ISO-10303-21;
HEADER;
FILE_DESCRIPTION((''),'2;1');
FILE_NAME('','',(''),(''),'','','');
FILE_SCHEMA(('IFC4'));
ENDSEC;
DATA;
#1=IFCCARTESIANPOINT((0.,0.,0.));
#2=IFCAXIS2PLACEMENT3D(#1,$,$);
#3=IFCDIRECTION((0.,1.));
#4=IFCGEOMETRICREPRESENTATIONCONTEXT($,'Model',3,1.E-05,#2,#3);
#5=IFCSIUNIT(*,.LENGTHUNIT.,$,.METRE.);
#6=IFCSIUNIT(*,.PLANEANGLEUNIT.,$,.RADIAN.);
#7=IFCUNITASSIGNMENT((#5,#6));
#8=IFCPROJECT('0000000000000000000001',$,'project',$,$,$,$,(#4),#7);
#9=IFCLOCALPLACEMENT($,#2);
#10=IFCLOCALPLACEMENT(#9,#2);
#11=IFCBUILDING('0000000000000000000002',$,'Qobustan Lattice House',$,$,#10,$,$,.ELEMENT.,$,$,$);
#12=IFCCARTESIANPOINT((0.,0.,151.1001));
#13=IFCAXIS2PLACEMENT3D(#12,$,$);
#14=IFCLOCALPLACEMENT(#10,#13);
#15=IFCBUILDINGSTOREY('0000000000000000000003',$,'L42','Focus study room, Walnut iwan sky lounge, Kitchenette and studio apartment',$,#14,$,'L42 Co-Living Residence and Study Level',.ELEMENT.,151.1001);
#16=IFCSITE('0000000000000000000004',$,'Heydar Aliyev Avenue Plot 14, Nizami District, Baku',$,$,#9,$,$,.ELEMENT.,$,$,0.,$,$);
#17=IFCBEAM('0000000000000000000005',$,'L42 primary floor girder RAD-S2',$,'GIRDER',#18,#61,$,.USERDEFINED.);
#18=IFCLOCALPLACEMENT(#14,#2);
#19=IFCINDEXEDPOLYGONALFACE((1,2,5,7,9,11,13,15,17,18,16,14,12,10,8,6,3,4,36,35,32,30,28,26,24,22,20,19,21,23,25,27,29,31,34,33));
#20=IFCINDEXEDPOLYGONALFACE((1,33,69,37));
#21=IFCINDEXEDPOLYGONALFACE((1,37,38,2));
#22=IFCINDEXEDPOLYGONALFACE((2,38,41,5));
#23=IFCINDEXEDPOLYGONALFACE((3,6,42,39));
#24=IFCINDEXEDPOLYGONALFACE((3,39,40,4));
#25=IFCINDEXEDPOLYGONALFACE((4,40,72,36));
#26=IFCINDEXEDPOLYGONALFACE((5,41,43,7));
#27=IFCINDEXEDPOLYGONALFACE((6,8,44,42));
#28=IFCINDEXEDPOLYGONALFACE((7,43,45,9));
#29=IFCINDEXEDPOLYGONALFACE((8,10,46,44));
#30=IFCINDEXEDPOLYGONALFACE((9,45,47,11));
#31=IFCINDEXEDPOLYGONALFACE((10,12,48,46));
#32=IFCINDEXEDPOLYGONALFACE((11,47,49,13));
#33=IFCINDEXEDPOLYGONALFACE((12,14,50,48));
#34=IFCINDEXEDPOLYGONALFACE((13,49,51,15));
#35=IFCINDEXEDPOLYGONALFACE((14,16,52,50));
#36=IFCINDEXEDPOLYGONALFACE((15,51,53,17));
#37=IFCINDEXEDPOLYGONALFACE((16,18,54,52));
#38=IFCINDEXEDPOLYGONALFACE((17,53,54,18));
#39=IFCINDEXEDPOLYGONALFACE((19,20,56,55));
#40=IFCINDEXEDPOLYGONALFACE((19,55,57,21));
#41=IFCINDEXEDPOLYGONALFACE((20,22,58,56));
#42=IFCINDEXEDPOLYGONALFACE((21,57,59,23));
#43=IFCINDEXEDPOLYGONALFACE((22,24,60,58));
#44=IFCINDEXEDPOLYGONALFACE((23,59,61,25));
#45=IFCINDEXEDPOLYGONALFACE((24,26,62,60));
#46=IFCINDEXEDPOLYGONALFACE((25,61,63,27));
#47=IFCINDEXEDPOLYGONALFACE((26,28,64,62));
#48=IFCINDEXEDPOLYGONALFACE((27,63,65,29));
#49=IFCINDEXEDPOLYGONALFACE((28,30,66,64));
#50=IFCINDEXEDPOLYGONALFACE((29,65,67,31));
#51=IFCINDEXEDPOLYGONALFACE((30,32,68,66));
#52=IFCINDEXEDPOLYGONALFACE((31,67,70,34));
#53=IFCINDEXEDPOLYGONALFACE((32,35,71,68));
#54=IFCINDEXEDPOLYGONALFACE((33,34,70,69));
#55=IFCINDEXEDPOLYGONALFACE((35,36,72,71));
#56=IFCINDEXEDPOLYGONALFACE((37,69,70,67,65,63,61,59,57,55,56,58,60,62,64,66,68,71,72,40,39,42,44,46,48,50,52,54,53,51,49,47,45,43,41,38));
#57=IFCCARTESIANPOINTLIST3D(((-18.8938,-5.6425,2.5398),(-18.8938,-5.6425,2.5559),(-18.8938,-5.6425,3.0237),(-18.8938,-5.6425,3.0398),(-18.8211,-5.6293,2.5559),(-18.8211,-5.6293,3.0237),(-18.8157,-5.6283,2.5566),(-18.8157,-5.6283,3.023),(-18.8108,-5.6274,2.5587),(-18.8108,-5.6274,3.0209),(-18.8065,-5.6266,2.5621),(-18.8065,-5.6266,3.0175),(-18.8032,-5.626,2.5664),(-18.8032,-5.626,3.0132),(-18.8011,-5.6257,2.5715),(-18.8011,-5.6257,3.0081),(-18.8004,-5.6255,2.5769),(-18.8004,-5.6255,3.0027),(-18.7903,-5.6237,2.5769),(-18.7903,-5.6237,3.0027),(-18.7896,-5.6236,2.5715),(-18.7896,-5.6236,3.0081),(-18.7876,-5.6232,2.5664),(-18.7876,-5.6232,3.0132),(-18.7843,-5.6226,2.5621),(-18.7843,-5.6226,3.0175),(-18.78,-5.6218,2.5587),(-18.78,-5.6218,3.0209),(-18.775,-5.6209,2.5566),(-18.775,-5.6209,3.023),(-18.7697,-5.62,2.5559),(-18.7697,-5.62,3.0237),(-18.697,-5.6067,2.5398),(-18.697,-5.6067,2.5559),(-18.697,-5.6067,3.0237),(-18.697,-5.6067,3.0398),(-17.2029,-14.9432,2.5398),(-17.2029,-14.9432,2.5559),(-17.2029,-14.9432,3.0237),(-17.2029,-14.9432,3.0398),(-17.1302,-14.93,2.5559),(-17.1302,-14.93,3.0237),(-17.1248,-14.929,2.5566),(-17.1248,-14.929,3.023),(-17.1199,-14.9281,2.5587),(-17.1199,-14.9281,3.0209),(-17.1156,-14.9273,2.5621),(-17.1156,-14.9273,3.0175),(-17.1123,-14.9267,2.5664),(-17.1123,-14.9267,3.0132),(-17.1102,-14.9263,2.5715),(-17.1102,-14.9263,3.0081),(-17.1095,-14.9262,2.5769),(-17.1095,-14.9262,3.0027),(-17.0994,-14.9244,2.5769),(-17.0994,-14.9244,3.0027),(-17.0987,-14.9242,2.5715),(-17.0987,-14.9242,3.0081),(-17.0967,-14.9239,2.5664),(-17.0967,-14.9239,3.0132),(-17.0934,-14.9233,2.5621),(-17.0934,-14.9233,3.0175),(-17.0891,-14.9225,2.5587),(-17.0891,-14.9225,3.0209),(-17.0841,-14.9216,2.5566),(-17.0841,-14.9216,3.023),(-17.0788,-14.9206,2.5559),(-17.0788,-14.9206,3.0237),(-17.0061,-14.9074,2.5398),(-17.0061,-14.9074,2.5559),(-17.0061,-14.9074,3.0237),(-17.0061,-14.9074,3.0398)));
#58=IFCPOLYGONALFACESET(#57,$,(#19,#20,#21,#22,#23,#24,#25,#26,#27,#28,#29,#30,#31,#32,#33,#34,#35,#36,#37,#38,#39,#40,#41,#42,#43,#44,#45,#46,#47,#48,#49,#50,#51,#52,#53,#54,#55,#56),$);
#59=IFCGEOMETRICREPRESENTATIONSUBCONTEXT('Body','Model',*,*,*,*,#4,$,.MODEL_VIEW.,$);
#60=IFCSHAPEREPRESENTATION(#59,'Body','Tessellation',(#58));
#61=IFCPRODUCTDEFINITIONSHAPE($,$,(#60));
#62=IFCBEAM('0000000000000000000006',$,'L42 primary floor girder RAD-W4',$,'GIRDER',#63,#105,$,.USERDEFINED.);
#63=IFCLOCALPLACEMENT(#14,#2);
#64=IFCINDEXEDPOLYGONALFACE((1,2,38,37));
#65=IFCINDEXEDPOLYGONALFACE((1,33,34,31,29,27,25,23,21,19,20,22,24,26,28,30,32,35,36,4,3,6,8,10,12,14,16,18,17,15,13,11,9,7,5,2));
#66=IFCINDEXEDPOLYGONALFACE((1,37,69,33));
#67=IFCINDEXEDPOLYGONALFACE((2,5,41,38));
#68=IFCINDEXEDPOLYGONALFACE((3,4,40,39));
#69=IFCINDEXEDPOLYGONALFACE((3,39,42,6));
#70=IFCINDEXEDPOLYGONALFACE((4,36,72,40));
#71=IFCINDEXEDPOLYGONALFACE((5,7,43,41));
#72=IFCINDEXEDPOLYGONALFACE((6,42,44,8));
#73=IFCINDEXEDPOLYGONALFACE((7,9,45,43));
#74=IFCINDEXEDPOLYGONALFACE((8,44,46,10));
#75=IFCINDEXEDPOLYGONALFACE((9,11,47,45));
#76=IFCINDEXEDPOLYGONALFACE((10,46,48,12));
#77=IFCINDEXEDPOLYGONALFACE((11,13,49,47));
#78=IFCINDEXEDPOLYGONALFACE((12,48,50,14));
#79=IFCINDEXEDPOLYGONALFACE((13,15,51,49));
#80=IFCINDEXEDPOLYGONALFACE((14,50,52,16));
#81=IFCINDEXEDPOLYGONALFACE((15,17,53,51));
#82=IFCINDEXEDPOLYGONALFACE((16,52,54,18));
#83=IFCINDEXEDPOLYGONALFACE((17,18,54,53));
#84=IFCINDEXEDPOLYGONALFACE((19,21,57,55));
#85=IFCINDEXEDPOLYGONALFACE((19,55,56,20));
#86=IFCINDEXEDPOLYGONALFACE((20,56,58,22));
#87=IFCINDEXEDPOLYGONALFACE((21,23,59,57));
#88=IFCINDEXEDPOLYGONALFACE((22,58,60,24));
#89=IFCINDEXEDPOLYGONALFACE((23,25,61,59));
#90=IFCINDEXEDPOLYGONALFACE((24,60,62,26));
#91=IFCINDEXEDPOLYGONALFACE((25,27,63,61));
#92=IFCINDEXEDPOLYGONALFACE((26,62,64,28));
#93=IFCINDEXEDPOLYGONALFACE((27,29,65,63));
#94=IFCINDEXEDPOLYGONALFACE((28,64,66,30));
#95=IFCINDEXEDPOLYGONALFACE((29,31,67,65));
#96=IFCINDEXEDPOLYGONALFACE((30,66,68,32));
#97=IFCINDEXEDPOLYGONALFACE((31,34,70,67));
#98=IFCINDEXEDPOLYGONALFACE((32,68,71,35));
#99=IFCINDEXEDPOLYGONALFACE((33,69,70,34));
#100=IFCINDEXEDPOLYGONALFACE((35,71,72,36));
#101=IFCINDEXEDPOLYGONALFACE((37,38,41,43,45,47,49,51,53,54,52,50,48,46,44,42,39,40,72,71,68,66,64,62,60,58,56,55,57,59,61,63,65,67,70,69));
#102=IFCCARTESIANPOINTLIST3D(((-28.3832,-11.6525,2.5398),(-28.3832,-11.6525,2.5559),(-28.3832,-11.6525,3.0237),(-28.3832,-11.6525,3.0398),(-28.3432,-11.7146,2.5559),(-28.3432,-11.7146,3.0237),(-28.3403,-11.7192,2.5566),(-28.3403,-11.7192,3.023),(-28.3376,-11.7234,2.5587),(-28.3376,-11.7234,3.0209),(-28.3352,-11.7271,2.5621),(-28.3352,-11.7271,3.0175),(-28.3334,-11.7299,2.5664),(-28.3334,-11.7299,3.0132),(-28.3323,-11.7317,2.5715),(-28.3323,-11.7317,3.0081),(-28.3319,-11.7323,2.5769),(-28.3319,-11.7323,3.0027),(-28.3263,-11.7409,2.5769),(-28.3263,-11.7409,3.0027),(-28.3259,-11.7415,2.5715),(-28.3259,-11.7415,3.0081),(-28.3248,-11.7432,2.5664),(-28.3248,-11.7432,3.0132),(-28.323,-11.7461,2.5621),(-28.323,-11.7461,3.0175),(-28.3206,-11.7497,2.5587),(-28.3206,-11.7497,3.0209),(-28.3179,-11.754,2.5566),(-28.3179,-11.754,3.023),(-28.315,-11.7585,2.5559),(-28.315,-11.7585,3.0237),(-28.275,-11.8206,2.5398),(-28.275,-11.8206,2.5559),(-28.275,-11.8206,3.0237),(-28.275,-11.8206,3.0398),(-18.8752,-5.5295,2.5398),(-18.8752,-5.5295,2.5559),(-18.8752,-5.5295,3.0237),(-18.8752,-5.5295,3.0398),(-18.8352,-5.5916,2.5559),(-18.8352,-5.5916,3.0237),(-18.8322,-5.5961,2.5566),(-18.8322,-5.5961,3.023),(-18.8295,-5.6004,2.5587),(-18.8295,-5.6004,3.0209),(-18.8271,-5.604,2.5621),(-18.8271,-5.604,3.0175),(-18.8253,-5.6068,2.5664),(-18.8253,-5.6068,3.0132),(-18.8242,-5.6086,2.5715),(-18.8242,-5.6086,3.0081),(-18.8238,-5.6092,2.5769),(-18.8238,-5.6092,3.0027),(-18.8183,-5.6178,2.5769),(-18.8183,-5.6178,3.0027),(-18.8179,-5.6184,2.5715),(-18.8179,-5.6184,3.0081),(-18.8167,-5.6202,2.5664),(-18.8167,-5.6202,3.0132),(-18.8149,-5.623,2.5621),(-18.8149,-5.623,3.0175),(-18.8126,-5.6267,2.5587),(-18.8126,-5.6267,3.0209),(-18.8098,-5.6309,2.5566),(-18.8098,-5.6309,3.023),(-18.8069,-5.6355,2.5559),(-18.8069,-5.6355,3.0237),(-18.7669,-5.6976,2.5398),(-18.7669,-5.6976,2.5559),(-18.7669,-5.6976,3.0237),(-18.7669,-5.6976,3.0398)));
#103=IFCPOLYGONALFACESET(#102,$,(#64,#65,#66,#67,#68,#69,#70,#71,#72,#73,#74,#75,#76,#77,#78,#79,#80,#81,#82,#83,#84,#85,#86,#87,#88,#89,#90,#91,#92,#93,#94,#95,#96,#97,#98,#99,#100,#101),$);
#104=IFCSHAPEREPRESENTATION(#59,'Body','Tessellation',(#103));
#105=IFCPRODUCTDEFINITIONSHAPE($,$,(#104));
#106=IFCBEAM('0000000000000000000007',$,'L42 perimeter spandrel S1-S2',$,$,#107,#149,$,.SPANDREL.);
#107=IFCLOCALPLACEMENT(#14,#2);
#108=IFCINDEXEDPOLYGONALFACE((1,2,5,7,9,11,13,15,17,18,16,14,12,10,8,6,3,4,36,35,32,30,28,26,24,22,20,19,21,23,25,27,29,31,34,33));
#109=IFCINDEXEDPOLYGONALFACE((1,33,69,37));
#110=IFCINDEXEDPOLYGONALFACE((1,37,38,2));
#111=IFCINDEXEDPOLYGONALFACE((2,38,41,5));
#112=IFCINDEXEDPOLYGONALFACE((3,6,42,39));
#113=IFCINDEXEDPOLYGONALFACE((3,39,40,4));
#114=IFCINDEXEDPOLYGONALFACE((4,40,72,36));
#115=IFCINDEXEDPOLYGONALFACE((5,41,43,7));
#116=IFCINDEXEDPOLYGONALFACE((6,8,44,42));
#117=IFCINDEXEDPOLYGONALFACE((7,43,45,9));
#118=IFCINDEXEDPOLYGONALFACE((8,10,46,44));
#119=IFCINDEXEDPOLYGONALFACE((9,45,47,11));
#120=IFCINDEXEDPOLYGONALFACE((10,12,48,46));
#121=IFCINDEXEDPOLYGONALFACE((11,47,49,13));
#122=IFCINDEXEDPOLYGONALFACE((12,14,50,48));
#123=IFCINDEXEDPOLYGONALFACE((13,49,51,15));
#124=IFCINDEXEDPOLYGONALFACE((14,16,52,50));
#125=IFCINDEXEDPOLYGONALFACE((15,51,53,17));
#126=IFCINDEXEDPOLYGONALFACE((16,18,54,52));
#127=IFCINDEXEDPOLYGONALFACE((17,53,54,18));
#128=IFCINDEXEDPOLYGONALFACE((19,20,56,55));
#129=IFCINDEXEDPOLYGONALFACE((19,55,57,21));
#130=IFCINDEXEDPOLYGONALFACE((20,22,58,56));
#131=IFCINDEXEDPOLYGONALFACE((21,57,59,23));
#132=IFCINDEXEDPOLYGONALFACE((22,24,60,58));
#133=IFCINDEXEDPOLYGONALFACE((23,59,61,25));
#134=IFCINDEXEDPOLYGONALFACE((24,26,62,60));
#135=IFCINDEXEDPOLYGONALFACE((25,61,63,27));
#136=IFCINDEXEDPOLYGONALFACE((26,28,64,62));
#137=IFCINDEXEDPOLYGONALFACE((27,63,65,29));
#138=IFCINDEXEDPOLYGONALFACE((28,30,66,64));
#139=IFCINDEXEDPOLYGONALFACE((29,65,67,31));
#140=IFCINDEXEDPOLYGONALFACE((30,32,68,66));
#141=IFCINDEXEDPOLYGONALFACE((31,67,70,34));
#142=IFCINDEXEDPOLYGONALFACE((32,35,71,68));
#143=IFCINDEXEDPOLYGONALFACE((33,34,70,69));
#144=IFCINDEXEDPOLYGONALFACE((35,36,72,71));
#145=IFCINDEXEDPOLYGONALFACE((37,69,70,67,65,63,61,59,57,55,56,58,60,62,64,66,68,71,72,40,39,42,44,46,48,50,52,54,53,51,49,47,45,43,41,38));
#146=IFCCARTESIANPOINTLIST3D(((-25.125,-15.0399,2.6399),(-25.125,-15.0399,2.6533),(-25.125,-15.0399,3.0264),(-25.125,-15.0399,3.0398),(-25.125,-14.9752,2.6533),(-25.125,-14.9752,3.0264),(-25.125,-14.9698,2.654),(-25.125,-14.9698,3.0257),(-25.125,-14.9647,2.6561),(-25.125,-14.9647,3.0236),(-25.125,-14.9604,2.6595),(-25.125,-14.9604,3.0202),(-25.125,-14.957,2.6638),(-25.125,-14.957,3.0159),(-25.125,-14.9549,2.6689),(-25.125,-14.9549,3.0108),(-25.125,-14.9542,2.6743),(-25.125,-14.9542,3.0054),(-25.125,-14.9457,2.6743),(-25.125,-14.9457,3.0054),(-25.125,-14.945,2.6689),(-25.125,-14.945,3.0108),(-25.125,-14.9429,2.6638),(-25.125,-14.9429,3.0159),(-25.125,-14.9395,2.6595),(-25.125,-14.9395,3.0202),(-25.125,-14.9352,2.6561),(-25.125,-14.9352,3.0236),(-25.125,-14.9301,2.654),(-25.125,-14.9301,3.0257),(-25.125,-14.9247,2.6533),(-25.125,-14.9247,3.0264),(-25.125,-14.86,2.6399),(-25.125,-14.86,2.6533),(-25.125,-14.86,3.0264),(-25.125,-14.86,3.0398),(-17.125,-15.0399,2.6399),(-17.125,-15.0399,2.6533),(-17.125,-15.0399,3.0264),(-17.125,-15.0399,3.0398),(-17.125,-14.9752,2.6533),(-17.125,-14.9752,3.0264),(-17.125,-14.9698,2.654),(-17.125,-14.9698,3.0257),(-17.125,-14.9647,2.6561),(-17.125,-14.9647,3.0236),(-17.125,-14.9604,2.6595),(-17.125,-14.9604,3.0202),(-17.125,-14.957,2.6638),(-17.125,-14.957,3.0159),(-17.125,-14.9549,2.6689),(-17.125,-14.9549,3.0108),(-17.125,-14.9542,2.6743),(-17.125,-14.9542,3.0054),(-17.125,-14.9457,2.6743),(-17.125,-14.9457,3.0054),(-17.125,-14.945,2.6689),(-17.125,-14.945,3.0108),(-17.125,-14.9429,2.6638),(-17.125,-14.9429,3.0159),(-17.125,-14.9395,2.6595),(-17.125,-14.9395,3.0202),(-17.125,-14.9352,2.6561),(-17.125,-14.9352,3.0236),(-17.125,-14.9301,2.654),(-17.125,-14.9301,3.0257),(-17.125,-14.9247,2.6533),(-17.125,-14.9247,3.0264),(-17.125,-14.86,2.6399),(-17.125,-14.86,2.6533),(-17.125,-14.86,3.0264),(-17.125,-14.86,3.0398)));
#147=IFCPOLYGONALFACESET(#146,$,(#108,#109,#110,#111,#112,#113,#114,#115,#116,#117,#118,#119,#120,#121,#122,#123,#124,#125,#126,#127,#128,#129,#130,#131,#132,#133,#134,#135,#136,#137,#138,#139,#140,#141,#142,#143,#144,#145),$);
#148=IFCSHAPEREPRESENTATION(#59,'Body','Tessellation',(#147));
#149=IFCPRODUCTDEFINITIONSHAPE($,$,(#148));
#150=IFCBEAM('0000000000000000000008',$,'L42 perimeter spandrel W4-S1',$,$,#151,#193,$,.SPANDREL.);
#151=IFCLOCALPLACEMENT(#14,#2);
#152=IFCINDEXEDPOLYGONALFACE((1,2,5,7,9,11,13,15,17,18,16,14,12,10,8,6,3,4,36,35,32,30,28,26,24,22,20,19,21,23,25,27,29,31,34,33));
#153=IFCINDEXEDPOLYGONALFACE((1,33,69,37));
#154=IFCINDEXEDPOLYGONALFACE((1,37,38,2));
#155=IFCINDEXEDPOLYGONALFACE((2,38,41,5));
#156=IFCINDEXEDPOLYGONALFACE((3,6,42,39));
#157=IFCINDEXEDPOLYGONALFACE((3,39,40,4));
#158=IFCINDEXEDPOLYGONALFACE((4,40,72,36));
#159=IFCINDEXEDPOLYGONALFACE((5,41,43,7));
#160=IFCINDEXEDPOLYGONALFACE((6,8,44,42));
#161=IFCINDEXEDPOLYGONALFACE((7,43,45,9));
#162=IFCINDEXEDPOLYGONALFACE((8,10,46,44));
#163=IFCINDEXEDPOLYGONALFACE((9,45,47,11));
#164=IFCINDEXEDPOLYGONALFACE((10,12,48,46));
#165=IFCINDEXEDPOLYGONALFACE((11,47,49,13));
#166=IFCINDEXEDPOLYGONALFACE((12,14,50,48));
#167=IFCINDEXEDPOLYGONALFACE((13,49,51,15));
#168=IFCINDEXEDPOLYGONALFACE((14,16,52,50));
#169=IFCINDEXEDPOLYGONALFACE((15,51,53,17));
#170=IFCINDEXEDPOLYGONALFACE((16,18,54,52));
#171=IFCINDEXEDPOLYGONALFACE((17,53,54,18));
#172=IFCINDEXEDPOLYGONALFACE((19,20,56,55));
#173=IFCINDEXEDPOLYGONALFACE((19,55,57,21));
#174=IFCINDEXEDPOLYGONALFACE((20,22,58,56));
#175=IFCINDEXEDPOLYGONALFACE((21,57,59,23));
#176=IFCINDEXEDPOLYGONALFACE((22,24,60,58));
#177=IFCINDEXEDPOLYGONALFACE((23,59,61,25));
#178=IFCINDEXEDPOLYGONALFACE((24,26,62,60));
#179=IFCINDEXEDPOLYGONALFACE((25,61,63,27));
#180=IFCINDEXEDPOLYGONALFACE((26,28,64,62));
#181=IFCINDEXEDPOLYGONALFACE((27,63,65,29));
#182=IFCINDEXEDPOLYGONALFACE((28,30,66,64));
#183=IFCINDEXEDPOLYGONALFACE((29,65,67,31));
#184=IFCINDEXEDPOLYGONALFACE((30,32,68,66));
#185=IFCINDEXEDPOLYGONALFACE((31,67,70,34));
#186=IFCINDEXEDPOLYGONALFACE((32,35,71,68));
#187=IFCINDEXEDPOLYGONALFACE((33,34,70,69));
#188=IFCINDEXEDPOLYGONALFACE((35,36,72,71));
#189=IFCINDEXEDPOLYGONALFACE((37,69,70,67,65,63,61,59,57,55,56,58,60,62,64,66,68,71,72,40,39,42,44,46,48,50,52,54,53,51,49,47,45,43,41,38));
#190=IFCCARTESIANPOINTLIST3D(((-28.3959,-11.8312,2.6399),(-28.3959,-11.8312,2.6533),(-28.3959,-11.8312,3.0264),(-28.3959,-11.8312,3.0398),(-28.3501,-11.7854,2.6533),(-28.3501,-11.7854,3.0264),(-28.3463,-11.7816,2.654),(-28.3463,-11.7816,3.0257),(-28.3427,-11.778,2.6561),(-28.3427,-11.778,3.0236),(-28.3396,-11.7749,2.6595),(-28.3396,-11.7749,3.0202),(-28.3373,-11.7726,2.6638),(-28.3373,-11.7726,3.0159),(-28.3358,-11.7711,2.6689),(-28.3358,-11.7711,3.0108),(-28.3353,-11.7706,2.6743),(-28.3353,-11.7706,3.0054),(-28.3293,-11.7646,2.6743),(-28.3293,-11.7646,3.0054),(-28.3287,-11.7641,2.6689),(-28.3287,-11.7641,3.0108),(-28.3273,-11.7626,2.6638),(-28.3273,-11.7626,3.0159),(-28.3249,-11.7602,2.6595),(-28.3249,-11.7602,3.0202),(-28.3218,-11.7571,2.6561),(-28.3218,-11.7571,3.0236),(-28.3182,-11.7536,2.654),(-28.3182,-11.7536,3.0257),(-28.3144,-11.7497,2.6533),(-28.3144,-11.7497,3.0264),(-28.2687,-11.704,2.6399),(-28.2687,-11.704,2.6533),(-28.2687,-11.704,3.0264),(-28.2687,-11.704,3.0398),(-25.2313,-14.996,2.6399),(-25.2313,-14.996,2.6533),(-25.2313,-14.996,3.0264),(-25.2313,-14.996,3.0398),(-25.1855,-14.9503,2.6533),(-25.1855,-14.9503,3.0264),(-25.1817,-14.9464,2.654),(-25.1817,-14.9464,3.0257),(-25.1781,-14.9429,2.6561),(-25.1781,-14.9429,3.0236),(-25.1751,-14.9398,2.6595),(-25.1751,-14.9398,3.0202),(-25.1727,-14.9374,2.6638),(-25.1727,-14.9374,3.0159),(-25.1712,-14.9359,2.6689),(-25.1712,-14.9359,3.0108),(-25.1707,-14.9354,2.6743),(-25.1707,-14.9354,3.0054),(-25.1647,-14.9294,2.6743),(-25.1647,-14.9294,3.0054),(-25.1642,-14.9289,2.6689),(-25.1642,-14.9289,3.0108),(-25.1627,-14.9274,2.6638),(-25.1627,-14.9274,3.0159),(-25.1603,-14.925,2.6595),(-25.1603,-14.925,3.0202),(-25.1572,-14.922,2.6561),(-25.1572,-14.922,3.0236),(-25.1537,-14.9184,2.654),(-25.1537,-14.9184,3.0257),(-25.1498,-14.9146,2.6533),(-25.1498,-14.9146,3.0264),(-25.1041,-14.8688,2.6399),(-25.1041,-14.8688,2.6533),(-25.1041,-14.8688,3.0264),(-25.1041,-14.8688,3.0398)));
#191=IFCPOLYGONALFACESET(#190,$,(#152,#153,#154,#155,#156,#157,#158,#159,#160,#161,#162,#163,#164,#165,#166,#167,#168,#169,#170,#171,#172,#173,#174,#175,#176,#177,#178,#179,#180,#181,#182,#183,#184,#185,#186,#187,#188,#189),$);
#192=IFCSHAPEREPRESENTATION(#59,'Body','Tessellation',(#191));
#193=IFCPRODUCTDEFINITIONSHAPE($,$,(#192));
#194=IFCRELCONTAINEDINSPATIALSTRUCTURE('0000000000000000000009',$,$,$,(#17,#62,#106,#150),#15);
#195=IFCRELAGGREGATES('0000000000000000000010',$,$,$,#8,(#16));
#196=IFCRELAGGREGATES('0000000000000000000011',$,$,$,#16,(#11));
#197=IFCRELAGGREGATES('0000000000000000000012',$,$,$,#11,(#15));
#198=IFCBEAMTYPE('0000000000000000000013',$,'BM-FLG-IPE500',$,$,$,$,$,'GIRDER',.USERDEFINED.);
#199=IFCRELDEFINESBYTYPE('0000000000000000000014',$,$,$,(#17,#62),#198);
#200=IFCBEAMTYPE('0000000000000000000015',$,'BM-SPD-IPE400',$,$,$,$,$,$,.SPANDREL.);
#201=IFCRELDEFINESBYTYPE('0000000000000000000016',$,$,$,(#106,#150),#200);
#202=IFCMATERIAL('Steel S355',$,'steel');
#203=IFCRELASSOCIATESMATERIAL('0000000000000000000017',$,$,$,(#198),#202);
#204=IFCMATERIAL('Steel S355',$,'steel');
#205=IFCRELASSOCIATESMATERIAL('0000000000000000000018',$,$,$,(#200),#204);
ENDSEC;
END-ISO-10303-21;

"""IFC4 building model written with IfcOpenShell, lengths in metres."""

from ifc_helpers import new_model, si_unit, direction, frame, origin, origin_2d, place, context, subcontext, project, spatial, i_section, extrude, material, material_profile, profile_set, type_object, element, save


model = new_model("IFC4")

# Units and contexts
model_context = context("Model", 3, precision=1e-05, world=origin(), true_north=direction((0.0, 1.0)))
body_context = subcontext(model_context, "Body", "Model", "MODEL_VIEW")
ifc_project = project(units=[si_unit("LENGTHUNIT", "METRE"), si_unit("PLANEANGLEUNIT", "RADIAN")], contexts=[model_context])

# Site, building, storey
site_placement = place(None, origin())
site = spatial("IfcSite", under=ifc_project, at=site_placement, Name="Heydar Aliyev Avenue Plot 14, Nizami District, Baku", CompositionType="ELEMENT", RefElevation=0.0)
building_placement = place(site_placement, origin())
building = spatial("IfcBuilding", under=site, at=building_placement, Name="Qobustan Lattice House", CompositionType="ELEMENT")
storey_placement = place(building_placement, frame((0.0, 0.0, 151.1001)))
storey = spatial("IfcBuildingStorey", under=building, at=storey_placement, Name="L42", Description="Focus study room, Walnut iwan sky lounge, Kitchenette and studio apartment", LongName="L42 Co-Living Residence and Study Level", CompositionType="ELEMENT", Elevation=151.1001)

# Beams
ifc_material_1 = material(Name="Steel S355", Category="steel")
ifc_material_profile_1 = material_profile(ifc_material_1, i_section(OverallWidth=0.2, OverallDepth=0.5, WebThickness=0.0103, FlangeThickness=0.0161, FilletRadius=0.021, at=origin_2d()), Name="IPE500")
ifc_profile_set_1 = profile_set([ifc_material_profile_1], Name="Steel S355")
beam_type_1 = type_object("IfcBeamType", Name="BM-FLG-IPE500", ElementType="GIRDER", PredefinedType="USERDEFINED", material=ifc_profile_set_1)
beam_1_placement = place(storey_placement, frame((-17.1045, -14.9253, 2.7898), z_axis=(-0.178872, 0.983872, 0.0), x_axis=(-0.983872, -0.178872, 0.0)))
element("IfcBeam", 1, at=beam_1_placement, inside=storey, type_object=beam_type_1, Name="L42 primary floor girder RAD-S2", ObjectType="GIRDER", PredefinedType="USERDEFINED", context=body_context, shape_type="SweptSolid", body=[
    extrude(i_section(OverallWidth=0.2, OverallDepth=0.5, WebThickness=0.0103, FlangeThickness=0.0161, FilletRadius=0.021, at=origin_2d()), origin(), (0.0, 0.0, 1.0), 9.4531),
])
beam_2_placement = place(storey_placement, frame((-28.3291, -11.7366, 2.7898), z_axis=(0.840747, 0.541428, 0.0), x_axis=(-0.541428, 0.840747, 0.0)))
element("IfcBeam", 2, at=beam_2_placement, inside=storey, type_object=beam_type_1, Name="L42 primary floor girder RAD-W4", ObjectType="GIRDER", PredefinedType="USERDEFINED", context=body_context, shape_type="SweptSolid", body=[
    extrude(i_section(OverallWidth=0.2, OverallDepth=0.5, WebThickness=0.0103, FlangeThickness=0.0161, FilletRadius=0.021, at=origin_2d()), origin(), (0.0, 0.0, 1.0), 11.3091),
])
ifc_material_2 = material(Name="Steel S355", Category="steel")
ifc_material_profile_2 = material_profile(ifc_material_2, i_section(OverallWidth=0.1799, OverallDepth=0.3999, WebThickness=0.0085, FlangeThickness=0.0134, FilletRadius=0.021, at=origin_2d()), Name="IPE400")
ifc_profile_set_2 = profile_set([ifc_material_profile_2], Name="Steel S355")
beam_type_2 = type_object("IfcBeamType", Name="BM-SPD-IPE400", PredefinedType="SPANDREL", material=ifc_profile_set_2)
beam_3_placement = place(storey_placement, frame((-25.125, -14.95, 2.8398), z_axis=(1.0, 0.0, 0.0), x_axis=(0.0, 1.0, 0.0)))
element("IfcBeam", 3, at=beam_3_placement, inside=storey, type_object=beam_type_2, Name="L42 perimeter spandrel S1-S2", PredefinedType="SPANDREL", context=body_context, shape_type="SweptSolid", body=[
    extrude(i_section(OverallWidth=0.1799, OverallDepth=0.3999, WebThickness=0.0085, FlangeThickness=0.0134, FilletRadius=0.021, at=origin_2d()), origin(), (0.0, 0.0, 1.0), 8.0),
])
beam_4_placement = place(storey_placement, frame((-28.3323, -11.7676, 2.8398), z_axis=(0.70708, -0.707134, 0.0), x_axis=(0.707134, 0.70708, 0.0)))
element("IfcBeam", 4, at=beam_4_placement, inside=storey, type_object=beam_type_2, Name="L42 perimeter spandrel W4-S1", PredefinedType="SPANDREL", context=body_context, shape_type="SweptSolid", body=[
    extrude(i_section(OverallWidth=0.1799, OverallDepth=0.3999, WebThickness=0.0085, FlangeThickness=0.0134, FilletRadius=0.021, at=origin_2d()), origin(), (0.0, 0.0, 1.0), 4.4756),
])

save(model, "model.ifc")
